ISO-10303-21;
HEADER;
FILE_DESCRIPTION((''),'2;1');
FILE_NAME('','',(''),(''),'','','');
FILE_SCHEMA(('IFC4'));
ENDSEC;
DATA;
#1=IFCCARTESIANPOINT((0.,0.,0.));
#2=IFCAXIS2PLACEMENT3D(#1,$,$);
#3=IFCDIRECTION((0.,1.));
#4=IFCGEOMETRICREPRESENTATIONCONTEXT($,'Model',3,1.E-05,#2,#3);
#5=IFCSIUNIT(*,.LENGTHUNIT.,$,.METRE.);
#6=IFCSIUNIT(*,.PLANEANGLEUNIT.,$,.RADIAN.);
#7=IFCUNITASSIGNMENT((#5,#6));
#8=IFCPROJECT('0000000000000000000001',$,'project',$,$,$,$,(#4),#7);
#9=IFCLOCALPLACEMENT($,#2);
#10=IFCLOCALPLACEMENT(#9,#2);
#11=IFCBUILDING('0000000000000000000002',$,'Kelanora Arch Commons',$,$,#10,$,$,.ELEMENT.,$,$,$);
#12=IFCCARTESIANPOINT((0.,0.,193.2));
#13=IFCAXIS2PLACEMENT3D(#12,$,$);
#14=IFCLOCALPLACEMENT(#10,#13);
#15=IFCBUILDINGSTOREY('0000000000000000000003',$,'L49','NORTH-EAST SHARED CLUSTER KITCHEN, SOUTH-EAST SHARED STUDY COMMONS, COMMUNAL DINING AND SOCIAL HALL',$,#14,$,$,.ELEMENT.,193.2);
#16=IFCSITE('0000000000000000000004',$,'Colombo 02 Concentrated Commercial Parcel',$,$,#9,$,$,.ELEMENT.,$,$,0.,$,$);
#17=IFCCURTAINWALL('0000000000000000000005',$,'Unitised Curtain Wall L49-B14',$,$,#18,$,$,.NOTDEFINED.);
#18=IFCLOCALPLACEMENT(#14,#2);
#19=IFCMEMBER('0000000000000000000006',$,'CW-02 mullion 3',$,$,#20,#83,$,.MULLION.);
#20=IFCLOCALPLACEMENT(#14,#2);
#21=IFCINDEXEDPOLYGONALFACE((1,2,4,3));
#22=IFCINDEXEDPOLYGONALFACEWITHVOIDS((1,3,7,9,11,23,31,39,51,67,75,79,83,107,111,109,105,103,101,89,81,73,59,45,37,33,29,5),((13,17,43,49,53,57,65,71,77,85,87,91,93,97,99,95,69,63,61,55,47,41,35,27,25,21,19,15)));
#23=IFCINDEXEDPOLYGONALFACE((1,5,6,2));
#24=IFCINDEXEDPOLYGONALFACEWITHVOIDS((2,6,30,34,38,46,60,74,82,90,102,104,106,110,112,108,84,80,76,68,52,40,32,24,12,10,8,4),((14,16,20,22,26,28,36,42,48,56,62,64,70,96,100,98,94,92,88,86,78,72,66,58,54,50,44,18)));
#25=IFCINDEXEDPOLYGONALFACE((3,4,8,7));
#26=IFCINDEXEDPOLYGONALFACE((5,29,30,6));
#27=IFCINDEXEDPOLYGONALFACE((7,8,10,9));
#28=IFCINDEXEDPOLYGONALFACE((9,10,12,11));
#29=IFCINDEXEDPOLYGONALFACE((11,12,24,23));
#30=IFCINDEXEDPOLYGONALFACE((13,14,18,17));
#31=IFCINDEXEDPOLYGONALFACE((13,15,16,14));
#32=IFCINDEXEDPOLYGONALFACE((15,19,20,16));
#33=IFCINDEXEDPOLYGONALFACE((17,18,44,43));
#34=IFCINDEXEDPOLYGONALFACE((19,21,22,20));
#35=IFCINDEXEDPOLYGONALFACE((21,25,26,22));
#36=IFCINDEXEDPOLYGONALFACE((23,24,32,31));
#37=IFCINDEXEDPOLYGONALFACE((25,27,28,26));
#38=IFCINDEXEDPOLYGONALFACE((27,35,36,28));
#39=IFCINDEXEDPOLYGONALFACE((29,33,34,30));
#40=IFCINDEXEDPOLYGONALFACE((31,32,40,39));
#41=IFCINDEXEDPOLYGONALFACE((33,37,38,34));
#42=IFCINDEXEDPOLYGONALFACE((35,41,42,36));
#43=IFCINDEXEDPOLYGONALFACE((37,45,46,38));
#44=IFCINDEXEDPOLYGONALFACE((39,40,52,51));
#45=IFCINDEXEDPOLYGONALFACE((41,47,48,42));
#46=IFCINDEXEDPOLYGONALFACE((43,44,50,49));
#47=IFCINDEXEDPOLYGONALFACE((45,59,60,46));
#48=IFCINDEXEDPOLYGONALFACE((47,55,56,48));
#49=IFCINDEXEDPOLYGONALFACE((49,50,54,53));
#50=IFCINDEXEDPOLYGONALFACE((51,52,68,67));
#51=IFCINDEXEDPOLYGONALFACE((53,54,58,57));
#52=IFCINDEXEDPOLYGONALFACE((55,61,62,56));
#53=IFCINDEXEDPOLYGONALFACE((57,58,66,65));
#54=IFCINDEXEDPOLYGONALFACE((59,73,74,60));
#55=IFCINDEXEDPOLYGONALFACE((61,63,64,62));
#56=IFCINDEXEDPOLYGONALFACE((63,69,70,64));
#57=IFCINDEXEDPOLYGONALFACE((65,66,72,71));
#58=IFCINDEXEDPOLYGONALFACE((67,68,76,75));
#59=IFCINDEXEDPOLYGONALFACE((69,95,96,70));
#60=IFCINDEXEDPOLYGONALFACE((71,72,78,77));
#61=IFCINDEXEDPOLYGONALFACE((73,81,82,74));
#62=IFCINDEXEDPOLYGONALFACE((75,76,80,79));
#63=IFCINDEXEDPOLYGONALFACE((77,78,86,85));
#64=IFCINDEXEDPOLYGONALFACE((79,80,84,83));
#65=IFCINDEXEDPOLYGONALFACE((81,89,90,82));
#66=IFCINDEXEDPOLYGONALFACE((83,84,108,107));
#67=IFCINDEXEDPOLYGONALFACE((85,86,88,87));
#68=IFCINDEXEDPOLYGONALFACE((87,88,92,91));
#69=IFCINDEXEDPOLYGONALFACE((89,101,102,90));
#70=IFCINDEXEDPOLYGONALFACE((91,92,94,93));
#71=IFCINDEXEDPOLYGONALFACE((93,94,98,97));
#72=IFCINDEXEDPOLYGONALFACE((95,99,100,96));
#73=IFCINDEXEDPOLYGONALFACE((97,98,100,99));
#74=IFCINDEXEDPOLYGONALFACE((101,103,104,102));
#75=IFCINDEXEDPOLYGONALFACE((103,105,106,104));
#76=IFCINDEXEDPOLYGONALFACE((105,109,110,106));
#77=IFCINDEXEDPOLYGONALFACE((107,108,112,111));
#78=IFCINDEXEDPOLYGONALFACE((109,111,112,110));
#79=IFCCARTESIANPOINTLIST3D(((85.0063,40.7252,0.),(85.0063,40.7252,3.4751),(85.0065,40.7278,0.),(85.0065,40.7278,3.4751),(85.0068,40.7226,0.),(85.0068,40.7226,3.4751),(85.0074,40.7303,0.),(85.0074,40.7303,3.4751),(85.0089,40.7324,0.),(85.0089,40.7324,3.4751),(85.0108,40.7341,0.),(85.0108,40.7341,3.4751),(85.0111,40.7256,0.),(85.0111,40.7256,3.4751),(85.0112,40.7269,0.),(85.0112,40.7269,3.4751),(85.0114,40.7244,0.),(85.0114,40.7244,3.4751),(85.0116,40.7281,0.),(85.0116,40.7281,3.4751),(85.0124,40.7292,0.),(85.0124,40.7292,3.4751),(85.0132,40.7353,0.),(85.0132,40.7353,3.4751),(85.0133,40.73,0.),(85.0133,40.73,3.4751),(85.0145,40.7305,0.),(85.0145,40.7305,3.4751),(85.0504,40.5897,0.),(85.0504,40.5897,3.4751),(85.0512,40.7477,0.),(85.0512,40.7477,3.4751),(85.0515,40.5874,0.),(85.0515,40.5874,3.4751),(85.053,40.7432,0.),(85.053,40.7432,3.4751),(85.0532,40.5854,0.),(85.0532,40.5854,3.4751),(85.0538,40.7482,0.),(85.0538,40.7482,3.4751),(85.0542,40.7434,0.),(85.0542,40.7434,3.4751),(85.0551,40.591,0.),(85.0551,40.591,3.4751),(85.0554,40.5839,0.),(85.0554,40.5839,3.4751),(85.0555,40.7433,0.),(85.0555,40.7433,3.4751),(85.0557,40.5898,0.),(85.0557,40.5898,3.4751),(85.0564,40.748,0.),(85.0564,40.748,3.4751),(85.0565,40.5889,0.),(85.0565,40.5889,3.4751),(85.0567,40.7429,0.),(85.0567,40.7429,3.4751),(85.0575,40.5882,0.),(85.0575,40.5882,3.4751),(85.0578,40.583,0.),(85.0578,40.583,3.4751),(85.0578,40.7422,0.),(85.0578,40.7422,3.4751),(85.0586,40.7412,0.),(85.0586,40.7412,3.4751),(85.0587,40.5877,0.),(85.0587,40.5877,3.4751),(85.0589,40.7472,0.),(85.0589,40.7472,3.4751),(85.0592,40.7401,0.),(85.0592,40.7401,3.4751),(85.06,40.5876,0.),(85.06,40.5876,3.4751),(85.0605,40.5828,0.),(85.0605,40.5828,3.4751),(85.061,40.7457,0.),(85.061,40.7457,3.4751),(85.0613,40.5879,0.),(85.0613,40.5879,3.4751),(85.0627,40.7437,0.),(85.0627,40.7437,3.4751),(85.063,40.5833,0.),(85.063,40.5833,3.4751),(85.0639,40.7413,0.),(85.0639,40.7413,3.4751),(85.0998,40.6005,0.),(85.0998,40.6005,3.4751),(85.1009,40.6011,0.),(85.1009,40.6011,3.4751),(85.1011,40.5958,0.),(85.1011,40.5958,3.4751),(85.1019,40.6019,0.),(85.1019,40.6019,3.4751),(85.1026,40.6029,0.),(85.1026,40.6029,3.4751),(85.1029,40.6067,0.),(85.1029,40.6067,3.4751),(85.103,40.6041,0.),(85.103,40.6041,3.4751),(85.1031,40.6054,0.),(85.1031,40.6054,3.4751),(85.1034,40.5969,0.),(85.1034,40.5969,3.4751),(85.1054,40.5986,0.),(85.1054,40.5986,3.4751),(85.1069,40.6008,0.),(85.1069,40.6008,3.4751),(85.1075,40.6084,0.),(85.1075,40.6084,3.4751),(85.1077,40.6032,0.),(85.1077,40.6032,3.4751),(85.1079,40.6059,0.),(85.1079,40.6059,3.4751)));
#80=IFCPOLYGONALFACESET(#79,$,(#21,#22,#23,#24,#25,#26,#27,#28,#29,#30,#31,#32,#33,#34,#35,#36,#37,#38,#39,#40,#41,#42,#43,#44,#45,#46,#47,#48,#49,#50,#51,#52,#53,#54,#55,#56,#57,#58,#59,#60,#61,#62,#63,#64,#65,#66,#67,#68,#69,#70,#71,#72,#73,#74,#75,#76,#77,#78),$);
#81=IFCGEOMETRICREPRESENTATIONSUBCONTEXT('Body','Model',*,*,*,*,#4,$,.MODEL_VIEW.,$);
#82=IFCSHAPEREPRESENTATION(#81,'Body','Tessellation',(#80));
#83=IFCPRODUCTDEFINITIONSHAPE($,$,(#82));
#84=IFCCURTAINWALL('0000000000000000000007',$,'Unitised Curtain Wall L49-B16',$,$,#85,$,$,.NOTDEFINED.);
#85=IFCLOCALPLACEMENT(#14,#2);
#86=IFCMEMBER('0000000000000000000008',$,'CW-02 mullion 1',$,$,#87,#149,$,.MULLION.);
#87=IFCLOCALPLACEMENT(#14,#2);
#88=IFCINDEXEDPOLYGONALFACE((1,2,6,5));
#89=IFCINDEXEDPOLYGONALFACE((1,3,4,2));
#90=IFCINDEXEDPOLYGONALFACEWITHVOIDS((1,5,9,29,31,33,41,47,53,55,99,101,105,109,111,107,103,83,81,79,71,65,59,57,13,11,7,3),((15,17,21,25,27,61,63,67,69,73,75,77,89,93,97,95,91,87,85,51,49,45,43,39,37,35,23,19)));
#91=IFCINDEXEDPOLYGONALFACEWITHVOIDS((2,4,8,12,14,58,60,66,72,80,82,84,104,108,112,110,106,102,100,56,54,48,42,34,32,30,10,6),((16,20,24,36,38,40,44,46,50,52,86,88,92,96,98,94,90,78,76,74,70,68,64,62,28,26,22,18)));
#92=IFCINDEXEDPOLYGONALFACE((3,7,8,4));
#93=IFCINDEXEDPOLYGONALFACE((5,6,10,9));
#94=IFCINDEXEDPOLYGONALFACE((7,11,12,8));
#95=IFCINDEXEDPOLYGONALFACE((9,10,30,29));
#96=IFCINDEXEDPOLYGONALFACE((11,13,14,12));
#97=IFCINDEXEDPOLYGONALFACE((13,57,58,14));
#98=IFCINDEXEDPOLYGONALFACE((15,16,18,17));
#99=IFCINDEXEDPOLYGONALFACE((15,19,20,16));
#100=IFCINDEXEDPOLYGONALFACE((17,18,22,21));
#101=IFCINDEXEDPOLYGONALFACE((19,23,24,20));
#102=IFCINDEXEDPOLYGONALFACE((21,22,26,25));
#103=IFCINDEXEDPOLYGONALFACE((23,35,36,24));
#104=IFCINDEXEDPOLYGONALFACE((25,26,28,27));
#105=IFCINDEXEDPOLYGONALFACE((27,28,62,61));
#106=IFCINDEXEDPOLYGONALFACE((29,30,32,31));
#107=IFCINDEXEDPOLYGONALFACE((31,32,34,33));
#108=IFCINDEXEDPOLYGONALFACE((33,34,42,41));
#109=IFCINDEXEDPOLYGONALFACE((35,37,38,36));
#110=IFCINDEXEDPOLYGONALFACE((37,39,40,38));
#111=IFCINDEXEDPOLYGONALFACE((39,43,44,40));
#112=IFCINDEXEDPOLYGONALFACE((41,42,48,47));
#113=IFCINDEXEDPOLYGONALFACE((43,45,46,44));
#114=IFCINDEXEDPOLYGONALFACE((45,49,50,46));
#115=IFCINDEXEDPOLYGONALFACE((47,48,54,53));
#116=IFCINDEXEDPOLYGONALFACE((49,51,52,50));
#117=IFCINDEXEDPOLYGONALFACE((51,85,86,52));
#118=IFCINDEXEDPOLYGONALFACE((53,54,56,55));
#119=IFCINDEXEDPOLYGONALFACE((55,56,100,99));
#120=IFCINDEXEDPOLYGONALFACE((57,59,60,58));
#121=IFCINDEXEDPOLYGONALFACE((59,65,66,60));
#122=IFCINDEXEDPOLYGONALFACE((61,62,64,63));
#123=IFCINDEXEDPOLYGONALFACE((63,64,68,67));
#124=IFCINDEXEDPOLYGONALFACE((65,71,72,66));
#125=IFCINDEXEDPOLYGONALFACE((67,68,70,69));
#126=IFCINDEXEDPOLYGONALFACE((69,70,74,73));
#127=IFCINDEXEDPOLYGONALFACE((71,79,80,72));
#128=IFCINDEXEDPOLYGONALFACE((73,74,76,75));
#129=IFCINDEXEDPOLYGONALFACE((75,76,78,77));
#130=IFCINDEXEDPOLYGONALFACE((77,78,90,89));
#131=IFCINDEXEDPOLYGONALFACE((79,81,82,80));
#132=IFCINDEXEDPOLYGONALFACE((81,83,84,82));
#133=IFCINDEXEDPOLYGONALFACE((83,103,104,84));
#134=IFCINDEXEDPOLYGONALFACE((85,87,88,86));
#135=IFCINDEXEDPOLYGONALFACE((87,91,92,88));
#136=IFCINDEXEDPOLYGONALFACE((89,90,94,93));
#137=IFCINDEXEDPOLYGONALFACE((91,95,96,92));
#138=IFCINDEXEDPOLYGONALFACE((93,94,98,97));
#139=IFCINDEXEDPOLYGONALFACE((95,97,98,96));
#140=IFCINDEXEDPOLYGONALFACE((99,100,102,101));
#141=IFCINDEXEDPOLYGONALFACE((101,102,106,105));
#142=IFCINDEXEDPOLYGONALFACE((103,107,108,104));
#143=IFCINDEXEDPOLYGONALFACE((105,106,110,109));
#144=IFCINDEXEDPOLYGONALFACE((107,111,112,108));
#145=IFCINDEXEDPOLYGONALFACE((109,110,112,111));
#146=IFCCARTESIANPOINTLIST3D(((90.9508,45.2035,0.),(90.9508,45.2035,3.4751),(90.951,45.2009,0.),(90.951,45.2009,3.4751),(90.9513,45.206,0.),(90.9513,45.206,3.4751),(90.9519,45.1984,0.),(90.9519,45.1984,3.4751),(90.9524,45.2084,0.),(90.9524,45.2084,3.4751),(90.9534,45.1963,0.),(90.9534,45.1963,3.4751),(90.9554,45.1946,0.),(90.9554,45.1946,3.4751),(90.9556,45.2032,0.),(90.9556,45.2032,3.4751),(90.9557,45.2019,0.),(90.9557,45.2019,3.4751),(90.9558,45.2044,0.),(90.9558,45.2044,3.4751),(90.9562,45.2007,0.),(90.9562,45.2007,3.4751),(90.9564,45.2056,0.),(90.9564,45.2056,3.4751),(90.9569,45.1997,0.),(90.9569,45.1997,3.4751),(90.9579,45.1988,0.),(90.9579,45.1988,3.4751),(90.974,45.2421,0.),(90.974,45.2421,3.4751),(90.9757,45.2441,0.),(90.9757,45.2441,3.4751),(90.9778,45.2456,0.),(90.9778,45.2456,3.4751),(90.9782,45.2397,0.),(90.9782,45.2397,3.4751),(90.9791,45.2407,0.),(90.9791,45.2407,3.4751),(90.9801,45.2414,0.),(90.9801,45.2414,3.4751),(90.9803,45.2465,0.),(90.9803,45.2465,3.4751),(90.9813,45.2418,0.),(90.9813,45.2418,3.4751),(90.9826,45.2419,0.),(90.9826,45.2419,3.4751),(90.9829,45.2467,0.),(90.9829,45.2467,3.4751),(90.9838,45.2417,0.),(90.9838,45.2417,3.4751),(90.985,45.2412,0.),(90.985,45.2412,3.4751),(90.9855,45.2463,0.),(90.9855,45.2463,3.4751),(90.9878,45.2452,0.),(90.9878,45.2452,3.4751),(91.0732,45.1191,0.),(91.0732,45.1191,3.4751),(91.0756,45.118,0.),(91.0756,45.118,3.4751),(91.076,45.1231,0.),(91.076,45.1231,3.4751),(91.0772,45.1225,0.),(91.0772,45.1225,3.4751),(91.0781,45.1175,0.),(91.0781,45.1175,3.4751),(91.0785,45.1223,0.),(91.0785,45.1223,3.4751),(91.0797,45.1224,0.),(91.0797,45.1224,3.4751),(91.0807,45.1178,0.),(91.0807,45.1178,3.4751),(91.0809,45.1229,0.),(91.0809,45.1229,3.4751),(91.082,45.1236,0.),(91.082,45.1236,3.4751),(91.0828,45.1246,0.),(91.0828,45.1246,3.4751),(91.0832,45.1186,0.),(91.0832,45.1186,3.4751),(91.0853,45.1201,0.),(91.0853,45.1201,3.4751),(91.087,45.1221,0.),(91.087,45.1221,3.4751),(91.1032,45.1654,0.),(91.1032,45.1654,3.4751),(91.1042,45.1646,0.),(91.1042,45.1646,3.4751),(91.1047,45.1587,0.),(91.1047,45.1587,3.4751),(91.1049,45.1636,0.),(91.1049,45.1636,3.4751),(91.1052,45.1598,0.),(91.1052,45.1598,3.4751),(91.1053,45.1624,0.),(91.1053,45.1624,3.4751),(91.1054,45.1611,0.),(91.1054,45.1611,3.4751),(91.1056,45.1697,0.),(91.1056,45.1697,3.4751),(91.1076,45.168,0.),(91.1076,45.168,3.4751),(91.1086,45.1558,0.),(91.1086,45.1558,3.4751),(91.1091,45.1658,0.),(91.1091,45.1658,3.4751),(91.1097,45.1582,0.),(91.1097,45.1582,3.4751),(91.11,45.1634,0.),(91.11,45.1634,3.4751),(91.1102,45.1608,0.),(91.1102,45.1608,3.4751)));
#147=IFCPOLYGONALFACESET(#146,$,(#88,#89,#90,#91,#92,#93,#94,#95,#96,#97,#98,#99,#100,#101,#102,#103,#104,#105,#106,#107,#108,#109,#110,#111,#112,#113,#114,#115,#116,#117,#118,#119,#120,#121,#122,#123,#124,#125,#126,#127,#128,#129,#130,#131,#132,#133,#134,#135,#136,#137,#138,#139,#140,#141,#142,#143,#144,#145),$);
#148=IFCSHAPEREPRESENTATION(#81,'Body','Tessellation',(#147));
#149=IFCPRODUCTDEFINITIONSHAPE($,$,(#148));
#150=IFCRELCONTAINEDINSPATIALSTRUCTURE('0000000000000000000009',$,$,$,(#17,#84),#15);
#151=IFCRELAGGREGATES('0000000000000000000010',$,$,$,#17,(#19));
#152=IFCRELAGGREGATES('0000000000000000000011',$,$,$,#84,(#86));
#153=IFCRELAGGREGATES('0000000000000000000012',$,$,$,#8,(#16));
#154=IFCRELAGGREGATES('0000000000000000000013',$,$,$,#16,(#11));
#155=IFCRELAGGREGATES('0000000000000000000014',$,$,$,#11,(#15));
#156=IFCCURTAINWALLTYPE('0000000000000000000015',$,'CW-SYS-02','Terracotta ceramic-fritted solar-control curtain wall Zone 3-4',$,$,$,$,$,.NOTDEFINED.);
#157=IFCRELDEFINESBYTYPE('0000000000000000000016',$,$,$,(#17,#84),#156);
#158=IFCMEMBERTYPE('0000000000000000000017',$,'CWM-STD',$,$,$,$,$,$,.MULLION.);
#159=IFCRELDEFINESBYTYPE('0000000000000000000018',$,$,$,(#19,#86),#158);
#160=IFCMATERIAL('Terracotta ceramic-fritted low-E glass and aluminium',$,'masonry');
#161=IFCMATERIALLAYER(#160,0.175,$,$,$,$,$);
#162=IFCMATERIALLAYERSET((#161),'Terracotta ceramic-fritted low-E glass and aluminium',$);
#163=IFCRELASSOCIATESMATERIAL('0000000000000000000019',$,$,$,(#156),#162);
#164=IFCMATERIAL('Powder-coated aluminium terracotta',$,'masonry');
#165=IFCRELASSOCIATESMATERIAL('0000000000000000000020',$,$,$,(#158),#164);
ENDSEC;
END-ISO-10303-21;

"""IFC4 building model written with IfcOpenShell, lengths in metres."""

from ifc_helpers import new_model, si_unit, direction, frame, origin, origin_2d, place, context, subcontext, project, spatial, hollow_rectangle, extrude, material, layer, layer_set, material_profile, profile_set, type_object, element, aggregate, save


model = new_model("IFC4")

# Units and contexts
model_context = context("Model", 3, precision=1e-05, world=origin(), true_north=direction((0.0, 1.0)))
body_context = subcontext(model_context, "Body", "Model", "MODEL_VIEW")
ifc_project = project(units=[si_unit("LENGTHUNIT", "METRE"), si_unit("PLANEANGLEUNIT", "RADIAN")], contexts=[model_context])

# Site, building, storey
site_placement = place(None, origin())
site = spatial("IfcSite", under=ifc_project, at=site_placement, Name="Colombo 02 Concentrated Commercial Parcel", CompositionType="ELEMENT", RefElevation=0.0)
building_placement = place(site_placement, origin())
building = spatial("IfcBuilding", under=site, at=building_placement, Name="Kelanora Arch Commons", CompositionType="ELEMENT")
storey_placement = place(building_placement, frame((0.0, 0.0, 193.2)))
storey = spatial("IfcBuildingStorey", under=building, at=storey_placement, Name="L49", Description="NORTH-EAST SHARED CLUSTER KITCHEN, SOUTH-EAST SHARED STUDY COMMONS, COMMUNAL DINING AND SOCIAL HALL", CompositionType="ELEMENT", Elevation=193.2)

# Curtain wall, member
ifc_material_1 = material(Name="Terracotta ceramic-fritted low-E glass and aluminium", Category="masonry")
ifc_layer_1 = layer(ifc_material_1, 0.175)
ifc_layer_set_1 = layer_set([ifc_layer_1], Name="Terracotta ceramic-fritted low-E glass and aluminium")
curtain_wall_type = type_object("IfcCurtainWallType", Name="CW-SYS-02", Description="Terracotta ceramic-fritted solar-control curtain wall Zone 3-4", PredefinedType="NOTDEFINED", material=ifc_layer_set_1)
curtain_wall_1_placement = place(storey_placement, origin())
curtain_wall_1 = element("IfcCurtainWall", 1, at=curtain_wall_1_placement, inside=storey, type_object=curtain_wall_type, Name="Unitised Curtain Wall L49-B14", PredefinedType="NOTDEFINED")
ifc_material_2 = material(Name="Powder-coated aluminium terracotta", Category="masonry")
ifc_material_profile_1 = material_profile(ifc_material_2, hollow_rectangle(XDim=0.1599, YDim=0.0601, WallThickness=0.0049, InnerFilletRadius=0.0049, OuterFilletRadius=0.01, at=origin_2d()), Name="CWM160x60")
ifc_profile_set_1 = profile_set([ifc_material_profile_1], Name="Powder-coated aluminium terracotta")
member_type_1 = type_object("IfcMemberType", Name="CWM-STD", PredefinedType="MULLION", material=ifc_profile_set_1)
member_1_placement = place(storey_placement, frame((85.0571, 40.6655, 0.0), z_axis=(0.0, 0.0, 1.0), x_axis=(-0.311582, 0.950219, 0.0)))
member_1 = element("IfcMember", 2, at=member_1_placement, type_object=member_type_1, Name="CW-02 mullion 3", PredefinedType="MULLION", context=body_context, shape_type="SweptSolid", body=[
    extrude(hollow_rectangle(XDim=0.1599, YDim=0.0601, WallThickness=0.0049, InnerFilletRadius=0.0049, OuterFilletRadius=0.01, at=origin_2d()), origin(), (0.0, 0.0, 1.0), 3.4751),
])

# Curtain wall, member
curtain_wall_2_placement = place(storey_placement, origin())
curtain_wall_2 = element("IfcCurtainWall", 3, at=curtain_wall_2_placement, inside=storey, type_object=curtain_wall_type, Name="Unitised Curtain Wall L49-B16", PredefinedType="NOTDEFINED")
member_2_placement = place(storey_placement, frame((91.0305, 45.1821, 0.0), z_axis=(0.0, 0.0, 1.0), x_axis=(-0.841948, 0.539559, 0.0)))
member_2 = element("IfcMember", 4, at=member_2_placement, type_object=member_type_1, Name="CW-02 mullion 1", PredefinedType="MULLION", context=body_context, shape_type="SweptSolid", body=[
    extrude(hollow_rectangle(XDim=0.1599, YDim=0.0601, WallThickness=0.0049, InnerFilletRadius=0.0049, OuterFilletRadius=0.01, at=origin_2d()), origin(), (0.0, 0.0, 1.0), 3.4751),
])

aggregate(curtain_wall_1, [member_1])
aggregate(curtain_wall_2, [member_2])

save(model, "model.ifc")
